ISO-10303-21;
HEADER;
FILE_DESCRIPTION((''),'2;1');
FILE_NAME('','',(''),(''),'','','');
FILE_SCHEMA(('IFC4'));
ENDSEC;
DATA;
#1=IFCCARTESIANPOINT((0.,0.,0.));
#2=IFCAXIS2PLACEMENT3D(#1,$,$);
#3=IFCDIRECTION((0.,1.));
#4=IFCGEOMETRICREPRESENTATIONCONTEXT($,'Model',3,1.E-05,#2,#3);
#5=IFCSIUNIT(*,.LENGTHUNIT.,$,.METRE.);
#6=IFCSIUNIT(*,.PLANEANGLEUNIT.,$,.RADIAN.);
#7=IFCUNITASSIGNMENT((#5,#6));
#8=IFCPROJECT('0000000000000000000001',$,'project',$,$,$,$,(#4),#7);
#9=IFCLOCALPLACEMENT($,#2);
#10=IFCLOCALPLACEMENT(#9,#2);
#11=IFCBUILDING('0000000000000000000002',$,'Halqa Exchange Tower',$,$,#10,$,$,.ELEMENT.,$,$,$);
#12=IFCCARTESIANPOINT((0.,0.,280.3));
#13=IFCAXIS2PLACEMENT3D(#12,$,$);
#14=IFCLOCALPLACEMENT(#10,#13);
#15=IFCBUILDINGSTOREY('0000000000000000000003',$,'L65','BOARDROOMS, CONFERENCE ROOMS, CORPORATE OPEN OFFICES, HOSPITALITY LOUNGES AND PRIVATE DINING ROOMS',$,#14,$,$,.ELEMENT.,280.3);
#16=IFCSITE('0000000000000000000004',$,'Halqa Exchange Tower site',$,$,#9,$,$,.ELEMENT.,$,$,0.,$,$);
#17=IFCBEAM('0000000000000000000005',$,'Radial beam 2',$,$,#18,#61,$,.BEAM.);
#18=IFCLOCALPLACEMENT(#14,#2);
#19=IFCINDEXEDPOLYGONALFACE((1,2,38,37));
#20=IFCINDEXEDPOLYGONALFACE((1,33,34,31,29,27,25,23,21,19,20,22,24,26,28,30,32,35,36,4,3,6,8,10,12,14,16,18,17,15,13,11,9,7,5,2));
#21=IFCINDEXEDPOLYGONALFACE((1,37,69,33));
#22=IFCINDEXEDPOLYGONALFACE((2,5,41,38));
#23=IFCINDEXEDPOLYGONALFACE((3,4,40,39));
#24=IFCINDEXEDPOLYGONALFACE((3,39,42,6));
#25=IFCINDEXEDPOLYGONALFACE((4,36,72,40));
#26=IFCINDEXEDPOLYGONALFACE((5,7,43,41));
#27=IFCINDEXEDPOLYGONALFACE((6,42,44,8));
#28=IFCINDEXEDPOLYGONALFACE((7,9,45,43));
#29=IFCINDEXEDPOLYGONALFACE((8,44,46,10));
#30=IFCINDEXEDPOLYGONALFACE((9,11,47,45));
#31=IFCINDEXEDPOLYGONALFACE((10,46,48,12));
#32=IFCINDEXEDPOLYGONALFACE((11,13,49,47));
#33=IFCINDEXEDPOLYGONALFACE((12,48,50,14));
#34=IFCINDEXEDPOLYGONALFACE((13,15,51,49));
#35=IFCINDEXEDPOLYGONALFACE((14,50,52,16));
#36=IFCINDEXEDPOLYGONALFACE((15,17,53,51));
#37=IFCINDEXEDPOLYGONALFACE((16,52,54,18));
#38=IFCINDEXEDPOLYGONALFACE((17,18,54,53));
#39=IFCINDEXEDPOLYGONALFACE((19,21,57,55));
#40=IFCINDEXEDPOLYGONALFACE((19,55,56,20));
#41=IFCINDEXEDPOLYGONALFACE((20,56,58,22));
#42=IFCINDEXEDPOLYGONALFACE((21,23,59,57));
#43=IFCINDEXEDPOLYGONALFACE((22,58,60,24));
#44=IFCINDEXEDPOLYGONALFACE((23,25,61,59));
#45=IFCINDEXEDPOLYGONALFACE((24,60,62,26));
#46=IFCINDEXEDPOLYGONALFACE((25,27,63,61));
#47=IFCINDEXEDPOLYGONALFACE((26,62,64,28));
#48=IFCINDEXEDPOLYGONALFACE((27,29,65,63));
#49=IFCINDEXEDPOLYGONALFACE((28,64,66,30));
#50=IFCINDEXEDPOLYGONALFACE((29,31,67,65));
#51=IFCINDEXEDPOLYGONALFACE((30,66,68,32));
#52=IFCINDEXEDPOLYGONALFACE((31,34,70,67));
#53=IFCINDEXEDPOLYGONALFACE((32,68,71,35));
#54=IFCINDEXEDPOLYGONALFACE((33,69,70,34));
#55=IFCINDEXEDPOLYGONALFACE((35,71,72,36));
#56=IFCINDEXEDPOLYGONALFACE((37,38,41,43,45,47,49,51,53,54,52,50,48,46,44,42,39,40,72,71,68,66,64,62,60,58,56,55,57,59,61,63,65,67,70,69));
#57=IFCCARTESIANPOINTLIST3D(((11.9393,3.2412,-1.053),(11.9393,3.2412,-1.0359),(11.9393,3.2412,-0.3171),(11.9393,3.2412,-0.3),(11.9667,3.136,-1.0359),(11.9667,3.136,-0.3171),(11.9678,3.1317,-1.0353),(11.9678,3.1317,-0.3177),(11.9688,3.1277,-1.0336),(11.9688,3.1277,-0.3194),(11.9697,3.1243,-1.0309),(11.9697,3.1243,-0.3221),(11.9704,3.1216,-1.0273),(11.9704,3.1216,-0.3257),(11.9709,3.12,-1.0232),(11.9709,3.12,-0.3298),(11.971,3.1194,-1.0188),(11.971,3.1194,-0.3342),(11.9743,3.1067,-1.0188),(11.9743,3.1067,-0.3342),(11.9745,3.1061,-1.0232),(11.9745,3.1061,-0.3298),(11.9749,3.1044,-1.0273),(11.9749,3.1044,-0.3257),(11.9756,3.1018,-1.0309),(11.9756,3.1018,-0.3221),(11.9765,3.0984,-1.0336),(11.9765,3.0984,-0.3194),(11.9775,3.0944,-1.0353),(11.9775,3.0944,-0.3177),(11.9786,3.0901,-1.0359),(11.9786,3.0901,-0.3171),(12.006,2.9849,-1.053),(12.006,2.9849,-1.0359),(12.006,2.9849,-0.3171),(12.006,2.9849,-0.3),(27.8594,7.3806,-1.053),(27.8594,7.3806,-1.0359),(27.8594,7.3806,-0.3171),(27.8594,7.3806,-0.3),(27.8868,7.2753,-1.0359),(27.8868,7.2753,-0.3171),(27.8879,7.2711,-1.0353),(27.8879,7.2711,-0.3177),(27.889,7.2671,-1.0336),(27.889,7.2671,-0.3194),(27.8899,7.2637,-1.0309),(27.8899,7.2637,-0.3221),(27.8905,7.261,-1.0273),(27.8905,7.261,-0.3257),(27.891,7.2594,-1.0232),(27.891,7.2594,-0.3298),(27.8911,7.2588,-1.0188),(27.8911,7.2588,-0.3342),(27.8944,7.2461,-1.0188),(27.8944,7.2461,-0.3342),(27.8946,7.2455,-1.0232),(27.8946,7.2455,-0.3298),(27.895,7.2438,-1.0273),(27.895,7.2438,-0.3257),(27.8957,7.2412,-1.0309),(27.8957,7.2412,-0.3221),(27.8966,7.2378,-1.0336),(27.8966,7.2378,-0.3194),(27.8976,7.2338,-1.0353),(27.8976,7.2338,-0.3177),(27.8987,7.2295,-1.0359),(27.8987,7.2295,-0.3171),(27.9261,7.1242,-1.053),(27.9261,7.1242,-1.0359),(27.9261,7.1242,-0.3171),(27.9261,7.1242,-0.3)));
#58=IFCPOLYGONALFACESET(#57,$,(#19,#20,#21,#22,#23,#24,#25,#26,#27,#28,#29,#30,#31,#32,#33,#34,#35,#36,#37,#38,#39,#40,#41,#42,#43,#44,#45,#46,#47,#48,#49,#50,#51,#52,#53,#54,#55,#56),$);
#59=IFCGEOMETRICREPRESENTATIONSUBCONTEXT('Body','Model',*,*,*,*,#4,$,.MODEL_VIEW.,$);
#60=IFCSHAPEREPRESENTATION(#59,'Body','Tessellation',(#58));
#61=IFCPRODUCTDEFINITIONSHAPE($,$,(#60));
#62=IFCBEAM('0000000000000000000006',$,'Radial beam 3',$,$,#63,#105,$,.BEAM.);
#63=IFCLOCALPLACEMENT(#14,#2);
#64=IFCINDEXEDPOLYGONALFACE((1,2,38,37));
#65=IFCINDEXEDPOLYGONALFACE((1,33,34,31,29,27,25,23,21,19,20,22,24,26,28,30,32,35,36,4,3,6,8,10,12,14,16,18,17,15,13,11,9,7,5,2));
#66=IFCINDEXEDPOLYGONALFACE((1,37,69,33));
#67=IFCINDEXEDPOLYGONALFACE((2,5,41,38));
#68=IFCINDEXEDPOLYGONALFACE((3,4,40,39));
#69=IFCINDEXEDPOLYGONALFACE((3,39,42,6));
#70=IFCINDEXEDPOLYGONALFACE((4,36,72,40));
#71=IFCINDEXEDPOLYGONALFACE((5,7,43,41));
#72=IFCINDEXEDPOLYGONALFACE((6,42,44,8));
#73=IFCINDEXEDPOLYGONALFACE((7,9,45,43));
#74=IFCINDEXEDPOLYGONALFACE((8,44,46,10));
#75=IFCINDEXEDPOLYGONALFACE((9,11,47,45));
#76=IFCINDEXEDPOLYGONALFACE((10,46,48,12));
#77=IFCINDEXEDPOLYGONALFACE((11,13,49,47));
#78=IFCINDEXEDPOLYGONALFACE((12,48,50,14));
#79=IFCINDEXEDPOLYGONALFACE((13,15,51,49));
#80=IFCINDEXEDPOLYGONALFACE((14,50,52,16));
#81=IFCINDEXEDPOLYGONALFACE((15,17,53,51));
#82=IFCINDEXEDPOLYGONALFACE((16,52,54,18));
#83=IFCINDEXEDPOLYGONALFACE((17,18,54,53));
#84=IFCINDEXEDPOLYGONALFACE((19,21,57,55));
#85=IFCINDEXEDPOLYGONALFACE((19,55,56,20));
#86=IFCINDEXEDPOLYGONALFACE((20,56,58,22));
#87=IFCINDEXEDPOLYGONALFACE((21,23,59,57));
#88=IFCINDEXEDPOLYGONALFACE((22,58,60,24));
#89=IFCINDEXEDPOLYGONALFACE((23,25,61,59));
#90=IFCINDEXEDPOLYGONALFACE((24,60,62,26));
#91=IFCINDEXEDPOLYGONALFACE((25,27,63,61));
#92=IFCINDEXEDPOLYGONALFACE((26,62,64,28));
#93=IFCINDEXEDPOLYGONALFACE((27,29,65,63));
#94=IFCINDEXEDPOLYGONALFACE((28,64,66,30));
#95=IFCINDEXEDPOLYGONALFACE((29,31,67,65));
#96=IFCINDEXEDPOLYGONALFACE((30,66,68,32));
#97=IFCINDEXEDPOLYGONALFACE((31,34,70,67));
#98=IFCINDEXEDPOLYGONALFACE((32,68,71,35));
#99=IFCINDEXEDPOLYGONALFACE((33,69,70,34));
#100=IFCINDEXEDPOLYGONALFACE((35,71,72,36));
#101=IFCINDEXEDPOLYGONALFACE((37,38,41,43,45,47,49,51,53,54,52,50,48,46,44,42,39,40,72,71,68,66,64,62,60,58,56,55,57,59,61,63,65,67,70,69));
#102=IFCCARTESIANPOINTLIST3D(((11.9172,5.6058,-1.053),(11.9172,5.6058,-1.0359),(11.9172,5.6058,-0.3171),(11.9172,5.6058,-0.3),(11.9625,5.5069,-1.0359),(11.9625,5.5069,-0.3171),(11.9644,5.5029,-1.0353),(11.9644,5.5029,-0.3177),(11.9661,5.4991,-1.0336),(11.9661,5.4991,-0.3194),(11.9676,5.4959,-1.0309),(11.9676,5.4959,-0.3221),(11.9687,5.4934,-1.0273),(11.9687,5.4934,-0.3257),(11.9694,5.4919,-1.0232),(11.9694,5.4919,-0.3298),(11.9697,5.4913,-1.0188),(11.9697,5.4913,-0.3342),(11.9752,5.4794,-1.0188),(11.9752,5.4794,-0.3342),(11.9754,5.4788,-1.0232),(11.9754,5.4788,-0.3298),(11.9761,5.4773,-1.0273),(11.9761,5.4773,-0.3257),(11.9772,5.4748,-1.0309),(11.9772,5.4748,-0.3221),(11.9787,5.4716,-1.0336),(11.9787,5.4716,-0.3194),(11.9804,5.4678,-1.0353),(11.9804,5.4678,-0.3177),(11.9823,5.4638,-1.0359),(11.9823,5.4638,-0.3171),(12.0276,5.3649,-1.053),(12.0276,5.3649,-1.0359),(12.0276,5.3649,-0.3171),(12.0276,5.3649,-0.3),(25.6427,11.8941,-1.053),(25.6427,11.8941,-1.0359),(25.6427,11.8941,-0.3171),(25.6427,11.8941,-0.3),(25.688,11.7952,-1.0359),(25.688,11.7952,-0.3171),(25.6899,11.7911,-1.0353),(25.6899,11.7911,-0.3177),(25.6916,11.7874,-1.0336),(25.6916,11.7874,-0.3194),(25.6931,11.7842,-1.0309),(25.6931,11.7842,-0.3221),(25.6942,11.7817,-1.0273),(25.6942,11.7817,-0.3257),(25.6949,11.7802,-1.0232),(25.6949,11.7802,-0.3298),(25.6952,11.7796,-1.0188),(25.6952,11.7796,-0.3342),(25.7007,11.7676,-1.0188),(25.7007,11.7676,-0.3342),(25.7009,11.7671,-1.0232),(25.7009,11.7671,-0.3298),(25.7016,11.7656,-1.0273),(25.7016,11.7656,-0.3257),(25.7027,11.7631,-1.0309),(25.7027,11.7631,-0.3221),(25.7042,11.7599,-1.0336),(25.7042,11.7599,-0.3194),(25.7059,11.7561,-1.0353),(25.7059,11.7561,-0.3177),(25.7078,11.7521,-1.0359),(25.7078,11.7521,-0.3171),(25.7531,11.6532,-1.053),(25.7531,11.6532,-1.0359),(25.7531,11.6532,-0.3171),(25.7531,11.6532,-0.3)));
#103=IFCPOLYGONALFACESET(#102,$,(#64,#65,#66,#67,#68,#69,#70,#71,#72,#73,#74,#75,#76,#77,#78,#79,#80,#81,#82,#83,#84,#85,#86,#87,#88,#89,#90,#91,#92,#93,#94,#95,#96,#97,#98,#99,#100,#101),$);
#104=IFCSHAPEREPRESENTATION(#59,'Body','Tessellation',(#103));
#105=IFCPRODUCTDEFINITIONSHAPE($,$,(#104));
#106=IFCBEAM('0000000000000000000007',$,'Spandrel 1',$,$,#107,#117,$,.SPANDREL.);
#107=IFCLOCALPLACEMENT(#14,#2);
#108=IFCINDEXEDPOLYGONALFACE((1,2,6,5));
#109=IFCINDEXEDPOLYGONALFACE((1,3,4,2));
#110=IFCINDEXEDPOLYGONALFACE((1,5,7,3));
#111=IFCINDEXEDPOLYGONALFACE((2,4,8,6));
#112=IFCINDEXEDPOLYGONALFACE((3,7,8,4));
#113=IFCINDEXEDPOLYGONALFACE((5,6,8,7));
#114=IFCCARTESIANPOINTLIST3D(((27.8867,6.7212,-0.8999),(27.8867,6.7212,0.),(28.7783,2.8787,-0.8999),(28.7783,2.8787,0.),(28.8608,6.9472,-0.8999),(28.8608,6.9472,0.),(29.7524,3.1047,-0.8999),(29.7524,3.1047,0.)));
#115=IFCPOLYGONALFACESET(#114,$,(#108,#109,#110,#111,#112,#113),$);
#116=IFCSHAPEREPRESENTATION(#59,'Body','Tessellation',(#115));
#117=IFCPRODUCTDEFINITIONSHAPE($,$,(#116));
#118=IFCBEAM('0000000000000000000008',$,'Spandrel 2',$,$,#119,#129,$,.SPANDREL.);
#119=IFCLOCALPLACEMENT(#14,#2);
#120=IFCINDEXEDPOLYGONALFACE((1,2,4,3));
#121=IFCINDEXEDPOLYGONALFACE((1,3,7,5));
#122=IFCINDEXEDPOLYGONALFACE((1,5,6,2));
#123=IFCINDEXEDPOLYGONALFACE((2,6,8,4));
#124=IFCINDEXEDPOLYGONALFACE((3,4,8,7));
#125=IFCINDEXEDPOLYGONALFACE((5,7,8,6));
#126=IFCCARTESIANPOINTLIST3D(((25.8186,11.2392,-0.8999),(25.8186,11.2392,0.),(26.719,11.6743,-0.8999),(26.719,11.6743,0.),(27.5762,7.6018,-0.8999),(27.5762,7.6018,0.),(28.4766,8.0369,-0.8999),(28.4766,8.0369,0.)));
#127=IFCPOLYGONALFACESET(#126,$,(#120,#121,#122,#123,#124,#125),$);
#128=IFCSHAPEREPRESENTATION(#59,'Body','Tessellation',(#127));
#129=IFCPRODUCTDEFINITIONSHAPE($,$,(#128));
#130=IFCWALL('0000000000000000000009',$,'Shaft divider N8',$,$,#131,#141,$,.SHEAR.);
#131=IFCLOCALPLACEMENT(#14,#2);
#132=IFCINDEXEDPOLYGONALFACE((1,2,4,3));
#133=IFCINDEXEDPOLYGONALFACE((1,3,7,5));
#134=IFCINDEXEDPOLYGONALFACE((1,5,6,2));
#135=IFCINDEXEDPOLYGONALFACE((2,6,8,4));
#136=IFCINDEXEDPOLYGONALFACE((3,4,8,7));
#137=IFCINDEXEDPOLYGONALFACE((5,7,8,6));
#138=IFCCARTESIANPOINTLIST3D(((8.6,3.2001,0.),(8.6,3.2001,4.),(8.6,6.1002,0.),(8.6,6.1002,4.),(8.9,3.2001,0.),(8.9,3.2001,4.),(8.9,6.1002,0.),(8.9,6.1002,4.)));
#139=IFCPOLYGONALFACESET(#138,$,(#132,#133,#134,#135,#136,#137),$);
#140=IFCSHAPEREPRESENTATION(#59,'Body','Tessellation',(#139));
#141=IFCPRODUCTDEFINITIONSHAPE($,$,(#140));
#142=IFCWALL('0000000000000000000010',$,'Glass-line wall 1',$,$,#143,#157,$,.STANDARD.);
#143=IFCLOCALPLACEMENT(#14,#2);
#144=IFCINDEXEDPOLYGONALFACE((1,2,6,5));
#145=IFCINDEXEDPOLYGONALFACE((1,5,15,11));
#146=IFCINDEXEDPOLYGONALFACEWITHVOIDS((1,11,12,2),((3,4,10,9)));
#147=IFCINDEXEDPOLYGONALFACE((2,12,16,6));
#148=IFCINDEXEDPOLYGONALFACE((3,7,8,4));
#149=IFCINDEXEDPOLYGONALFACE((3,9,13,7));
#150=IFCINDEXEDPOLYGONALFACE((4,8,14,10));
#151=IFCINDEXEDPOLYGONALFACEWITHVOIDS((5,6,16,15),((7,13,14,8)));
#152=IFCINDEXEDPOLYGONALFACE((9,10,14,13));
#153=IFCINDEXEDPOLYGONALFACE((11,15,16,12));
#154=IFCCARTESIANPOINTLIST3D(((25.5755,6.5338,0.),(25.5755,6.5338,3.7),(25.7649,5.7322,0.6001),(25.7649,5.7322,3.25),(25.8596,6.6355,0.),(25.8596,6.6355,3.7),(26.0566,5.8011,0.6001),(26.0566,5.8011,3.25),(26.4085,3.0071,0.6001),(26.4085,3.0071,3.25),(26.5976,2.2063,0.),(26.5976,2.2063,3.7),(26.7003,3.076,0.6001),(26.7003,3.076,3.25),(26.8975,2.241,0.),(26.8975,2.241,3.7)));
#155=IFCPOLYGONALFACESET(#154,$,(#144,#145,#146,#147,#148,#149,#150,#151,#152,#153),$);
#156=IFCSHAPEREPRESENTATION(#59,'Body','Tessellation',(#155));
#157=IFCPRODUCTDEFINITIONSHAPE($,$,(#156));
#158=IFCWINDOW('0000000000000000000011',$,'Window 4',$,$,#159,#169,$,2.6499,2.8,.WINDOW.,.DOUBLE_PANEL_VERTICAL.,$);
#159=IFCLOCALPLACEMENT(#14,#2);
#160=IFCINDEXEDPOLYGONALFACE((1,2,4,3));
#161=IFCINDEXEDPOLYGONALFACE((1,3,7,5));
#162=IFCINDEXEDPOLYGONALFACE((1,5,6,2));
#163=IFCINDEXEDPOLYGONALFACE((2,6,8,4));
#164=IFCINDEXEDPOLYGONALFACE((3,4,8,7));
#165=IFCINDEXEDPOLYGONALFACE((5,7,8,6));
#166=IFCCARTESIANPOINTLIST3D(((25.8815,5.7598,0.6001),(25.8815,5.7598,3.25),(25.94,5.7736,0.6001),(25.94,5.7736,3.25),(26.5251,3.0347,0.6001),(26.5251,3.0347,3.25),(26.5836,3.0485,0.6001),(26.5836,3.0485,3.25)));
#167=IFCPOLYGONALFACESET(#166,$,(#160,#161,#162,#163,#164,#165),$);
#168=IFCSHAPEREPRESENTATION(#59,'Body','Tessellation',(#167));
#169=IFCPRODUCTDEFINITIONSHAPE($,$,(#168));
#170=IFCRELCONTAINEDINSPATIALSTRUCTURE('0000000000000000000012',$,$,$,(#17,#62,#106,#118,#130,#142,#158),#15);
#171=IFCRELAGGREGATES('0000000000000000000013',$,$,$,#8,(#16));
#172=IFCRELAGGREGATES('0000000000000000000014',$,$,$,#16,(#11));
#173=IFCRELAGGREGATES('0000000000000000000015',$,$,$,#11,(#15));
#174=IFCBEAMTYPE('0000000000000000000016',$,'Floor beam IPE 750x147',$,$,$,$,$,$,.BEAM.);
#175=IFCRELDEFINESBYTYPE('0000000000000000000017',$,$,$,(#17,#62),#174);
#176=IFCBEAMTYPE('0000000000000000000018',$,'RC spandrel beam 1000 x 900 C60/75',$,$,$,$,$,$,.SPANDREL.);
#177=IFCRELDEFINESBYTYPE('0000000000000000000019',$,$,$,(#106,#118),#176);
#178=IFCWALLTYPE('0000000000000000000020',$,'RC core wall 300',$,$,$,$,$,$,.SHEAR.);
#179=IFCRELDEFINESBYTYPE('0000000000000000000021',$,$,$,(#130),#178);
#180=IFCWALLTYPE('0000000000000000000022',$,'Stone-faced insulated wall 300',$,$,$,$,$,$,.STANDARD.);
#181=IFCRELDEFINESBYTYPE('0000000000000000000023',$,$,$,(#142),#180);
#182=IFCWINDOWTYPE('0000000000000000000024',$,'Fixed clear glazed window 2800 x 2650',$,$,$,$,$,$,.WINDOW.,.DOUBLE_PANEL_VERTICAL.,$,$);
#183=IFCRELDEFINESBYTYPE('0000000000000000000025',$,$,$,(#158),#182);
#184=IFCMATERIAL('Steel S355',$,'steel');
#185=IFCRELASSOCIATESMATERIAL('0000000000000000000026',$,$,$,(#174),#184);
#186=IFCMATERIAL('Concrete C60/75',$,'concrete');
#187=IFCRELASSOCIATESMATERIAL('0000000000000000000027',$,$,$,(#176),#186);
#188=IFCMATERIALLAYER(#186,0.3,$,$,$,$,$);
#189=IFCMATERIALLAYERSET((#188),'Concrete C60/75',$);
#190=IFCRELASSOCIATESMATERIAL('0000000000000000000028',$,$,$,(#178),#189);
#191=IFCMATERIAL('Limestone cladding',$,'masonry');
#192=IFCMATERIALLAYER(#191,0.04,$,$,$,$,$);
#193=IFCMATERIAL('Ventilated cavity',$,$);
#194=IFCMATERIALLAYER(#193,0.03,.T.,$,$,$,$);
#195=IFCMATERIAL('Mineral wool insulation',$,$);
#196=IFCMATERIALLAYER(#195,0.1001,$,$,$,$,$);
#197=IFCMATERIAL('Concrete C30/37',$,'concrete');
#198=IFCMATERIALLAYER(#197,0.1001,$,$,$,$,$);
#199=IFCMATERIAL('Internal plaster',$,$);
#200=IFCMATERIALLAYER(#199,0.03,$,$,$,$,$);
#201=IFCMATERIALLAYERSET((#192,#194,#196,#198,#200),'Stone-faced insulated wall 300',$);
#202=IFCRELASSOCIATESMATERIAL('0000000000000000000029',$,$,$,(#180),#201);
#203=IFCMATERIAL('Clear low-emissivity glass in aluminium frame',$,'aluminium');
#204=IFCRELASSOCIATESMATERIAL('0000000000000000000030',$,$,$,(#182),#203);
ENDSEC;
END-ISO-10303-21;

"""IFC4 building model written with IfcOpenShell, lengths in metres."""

from ifc_helpers import new_model, si_unit, direction, frame, frame_2d, origin, origin_2d, place, context, subcontext, project, spatial, polyline, rectangle, i_section, outline, extrude, material, layer, layer_set, material_profile, profile_set, type_object, element, fill, save


model = new_model("IFC4")

# Units and contexts
model_context = context("Model", 3, precision=1e-05, world=origin(), true_north=direction((0.0, 1.0)))
body_context = subcontext(model_context, "Body", "Model", "MODEL_VIEW")
ifc_project = project(units=[si_unit("LENGTHUNIT", "METRE"), si_unit("PLANEANGLEUNIT", "RADIAN")], contexts=[model_context])

# Site, building, storey
site_placement = place(None, origin())
site = spatial("IfcSite", under=ifc_project, at=site_placement, Name="Halqa Exchange Tower site", CompositionType="ELEMENT", RefElevation=0.0)
building_placement = place(site_placement, origin())
building = spatial("IfcBuilding", under=site, at=building_placement, Name="Halqa Exchange Tower", CompositionType="ELEMENT")
storey_placement = place(building_placement, frame((0.0, 0.0, 280.3)))
storey = spatial("IfcBuildingStorey", under=building, at=storey_placement, Name="L65", Description="BOARDROOMS, CONFERENCE ROOMS, CORPORATE OPEN OFFICES, HOSPITALITY LOUNGES AND PRIVATE DINING ROOMS", CompositionType="ELEMENT", Elevation=280.3)

# Shared definitions
ifc_material_1 = material(Name="Concrete C60/75", Category="concrete")

# Beams
ifc_material_2 = material(Name="Steel S355", Category="steel")
ifc_material_profile_1 = material_profile(ifc_material_2, i_section(OverallWidth=0.2649, OverallDepth=0.7529, WebThickness=0.0132, FlangeThickness=0.0171, FilletRadius=0.0171, at=origin_2d()), Name="IPE 750x147")
ifc_profile_set_1 = profile_set([ifc_material_profile_1], Name="Steel S355")
beam_type_1 = type_object("IfcBeamType", Name="Floor beam IPE 750x147", PredefinedType="BEAM", material=ifc_profile_set_1)
beam_1_placement = place(storey_placement, frame((11.9727, 3.113, -0.6765), z_axis=(0.96782, 0.251643, 0.0), x_axis=(-0.251643, 0.96782, 0.0)))
element("IfcBeam", 1, at=beam_1_placement, inside=storey, type_object=beam_type_1, Name="Radial beam 2", PredefinedType="BEAM", context=body_context, shape_type="SweptSolid", body=[
    extrude(i_section(OverallWidth=0.2649, OverallDepth=0.7529, WebThickness=0.0132, FlangeThickness=0.0171, FilletRadius=0.0171, at=origin_2d()), origin(), (0.0, 0.0, 1.0), 16.4495),
])
beam_2_placement = place(storey_placement, frame((11.9724, 5.4854, -0.6765), z_axis=(0.909129, 0.416514, 0.0), x_axis=(-0.416514, 0.909129, 0.0)))
element("IfcBeam", 2, at=beam_2_placement, inside=storey, type_object=beam_type_1, Name="Radial beam 3", PredefinedType="BEAM", context=body_context, shape_type="SweptSolid", body=[
    extrude(i_section(OverallWidth=0.2649, OverallDepth=0.7529, WebThickness=0.0132, FlangeThickness=0.0171, FilletRadius=0.0171, at=origin_2d()), origin(), (0.0, 0.0, 1.0), 15.0974),
])
ifc_material_profile_2 = material_profile(ifc_material_1, rectangle(XDim=1.0, YDim=0.8999, at=origin_2d()), Name="1000 x 900")
ifc_profile_set_2 = profile_set([ifc_material_profile_2], Name="Concrete C60/75")
beam_type_2 = type_object("IfcBeamType", Name="RC spandrel beam 1000 x 900 C60/75", PredefinedType="SPANDREL", material=ifc_profile_set_2)
beam_3_placement = place(storey_placement, frame((29.2654, 2.9917, -0.45), z_axis=(-0.22603, 0.97412, 0.0), x_axis=(-0.97412, -0.22603, 0.0)))
element("IfcBeam", 3, at=beam_3_placement, inside=storey, type_object=beam_type_2, Name="Spandrel 1", PredefinedType="SPANDREL", context=body_context, shape_type="SweptSolid", body=[
    extrude(rectangle(XDim=1.0, YDim=0.8999, at=origin_2d()), origin(), (0.0, 0.0, 1.0), 3.9446),
])
beam_4_placement = place(storey_placement, frame((28.0264, 7.8193, -0.45), z_axis=(-0.435062, 0.900401, 0.0), x_axis=(-0.900401, -0.435062, 0.0)))
element("IfcBeam", 4, at=beam_4_placement, inside=storey, type_object=beam_type_2, Name="Spandrel 2", PredefinedType="SPANDREL", context=body_context, shape_type="SweptSolid", body=[
    extrude(rectangle(XDim=1.0, YDim=0.8999, at=origin_2d()), origin(), (0.0, 0.0, 1.0), 4.0398),
])

# Wall
ifc_layer_1 = layer(ifc_material_1, 0.3)
ifc_layer_set_1 = layer_set([ifc_layer_1], Name="Concrete C60/75")
wall_type_1 = type_object("IfcWallType", Name="RC core wall 300", PredefinedType="SHEAR", material=ifc_layer_set_1)
wall_1_placement = place(storey_placement, frame((8.75, 3.2, 0.0), z_axis=(0.0, 0.0, 1.0), x_axis=(0.0, 1.0, 0.0)))
element("IfcWall", 5, at=wall_1_placement, inside=storey, type_object=wall_type_1, Name="Shaft divider N8", PredefinedType="SHEAR", context=body_context, shape_type="SweptSolid", body=[
    extrude(rectangle(XDim=2.9001, YDim=0.3, at=frame_2d((1.4502, 0.0))), origin(), (0.0, 0.0, 1.0), 4.0),
])

# Wall, opening, window
ifc_material_3 = material(Name="Limestone cladding", Category="masonry")
ifc_layer_2 = layer(ifc_material_3, 0.04)
ifc_material_4 = material(Name="Ventilated cavity")
ifc_layer_3 = layer(ifc_material_4, 0.03, ventilated=True)
ifc_material_5 = material(Name="Mineral wool insulation")
ifc_layer_4 = layer(ifc_material_5, 0.1001)
ifc_material_6 = material(Name="Concrete C30/37", Category="concrete")
ifc_layer_5 = layer(ifc_material_6, 0.1001)
ifc_material_7 = material(Name="Internal plaster")
ifc_layer_6 = layer(ifc_material_7, 0.03)
ifc_layer_set_2 = layer_set([ifc_layer_2, ifc_layer_3, ifc_layer_4, ifc_layer_5, ifc_layer_6], Name="Stone-faced insulated wall 300")
wall_type_2 = type_object("IfcWallType", Name="Stone-faced insulated wall 300", PredefinedType="STANDARD", material=ifc_layer_set_2)
wall_2_placement = place(storey_placement, frame((26.7476, 2.2236, 0.0), z_axis=(0.0, 0.0, 1.0), x_axis=(-0.229862, 0.973223, 0.0)))
wall_2 = element("IfcWall", 6, at=wall_2_placement, inside=storey, type_object=wall_type_2, Name="Glass-line wall 1", PredefinedType="STANDARD", context=body_context, shape_type="SweptSolid", body=[
    extrude(outline(polyline([(-0.0176, -0.1499), (4.4978, -0.1499), (4.4641, 0.1499), (0.0176, 0.1499), (-0.0176, -0.1499)])), origin(), (0.0, 0.0, 1.0), 3.7),
])
opening_1_placement = place(wall_2_placement, frame((0.8406, 0.0, 0.6001)))
opening_1 = element("IfcOpeningElement", 7, at=opening_1_placement, cuts=wall_2, PredefinedType="OPENING", context=body_context, shape_type="SweptSolid", body=[
    extrude(rectangle(XDim=2.8, YDim=2.6499, at=frame_2d((1.3999, 1.325))), frame((0.0, 0.1621, 0.0), z_axis=(0.0, -1.0, 0.0), x_axis=(1.0, 0.0, 0.0)), (0.0, 0.0, 1.0), 0.324),
])
ifc_material_8 = material(Name="Clear low-emissivity glass in aluminium frame", Category="aluminium")
window_type = type_object("IfcWindowType", Name="Fixed clear glazed window 2800 x 2650", PartitioningType="DOUBLE_PANEL_VERTICAL", PredefinedType="WINDOW", material=ifc_material_8)
window_1_placement = place(opening_1_placement, origin())
window_1 = element("IfcWindow", 8, at=window_1_placement, inside=storey, type_object=window_type, Name="Window 4", OverallHeight=2.6499, OverallWidth=2.8, PartitioningType="DOUBLE_PANEL_VERTICAL", PredefinedType="WINDOW", context=body_context, shape_type="SweptSolid", body=[
    extrude(rectangle(XDim=2.8, YDim=2.6499, at=frame_2d((1.3999, 1.325))), frame((0.0, 0.03, 0.0), z_axis=(0.0, -1.0, 0.0), x_axis=(1.0, 0.0, 0.0)), (0.0, 0.0, 1.0), 0.0601),
])
fill(opening_1, window_1)

save(model, "model.ifc")
